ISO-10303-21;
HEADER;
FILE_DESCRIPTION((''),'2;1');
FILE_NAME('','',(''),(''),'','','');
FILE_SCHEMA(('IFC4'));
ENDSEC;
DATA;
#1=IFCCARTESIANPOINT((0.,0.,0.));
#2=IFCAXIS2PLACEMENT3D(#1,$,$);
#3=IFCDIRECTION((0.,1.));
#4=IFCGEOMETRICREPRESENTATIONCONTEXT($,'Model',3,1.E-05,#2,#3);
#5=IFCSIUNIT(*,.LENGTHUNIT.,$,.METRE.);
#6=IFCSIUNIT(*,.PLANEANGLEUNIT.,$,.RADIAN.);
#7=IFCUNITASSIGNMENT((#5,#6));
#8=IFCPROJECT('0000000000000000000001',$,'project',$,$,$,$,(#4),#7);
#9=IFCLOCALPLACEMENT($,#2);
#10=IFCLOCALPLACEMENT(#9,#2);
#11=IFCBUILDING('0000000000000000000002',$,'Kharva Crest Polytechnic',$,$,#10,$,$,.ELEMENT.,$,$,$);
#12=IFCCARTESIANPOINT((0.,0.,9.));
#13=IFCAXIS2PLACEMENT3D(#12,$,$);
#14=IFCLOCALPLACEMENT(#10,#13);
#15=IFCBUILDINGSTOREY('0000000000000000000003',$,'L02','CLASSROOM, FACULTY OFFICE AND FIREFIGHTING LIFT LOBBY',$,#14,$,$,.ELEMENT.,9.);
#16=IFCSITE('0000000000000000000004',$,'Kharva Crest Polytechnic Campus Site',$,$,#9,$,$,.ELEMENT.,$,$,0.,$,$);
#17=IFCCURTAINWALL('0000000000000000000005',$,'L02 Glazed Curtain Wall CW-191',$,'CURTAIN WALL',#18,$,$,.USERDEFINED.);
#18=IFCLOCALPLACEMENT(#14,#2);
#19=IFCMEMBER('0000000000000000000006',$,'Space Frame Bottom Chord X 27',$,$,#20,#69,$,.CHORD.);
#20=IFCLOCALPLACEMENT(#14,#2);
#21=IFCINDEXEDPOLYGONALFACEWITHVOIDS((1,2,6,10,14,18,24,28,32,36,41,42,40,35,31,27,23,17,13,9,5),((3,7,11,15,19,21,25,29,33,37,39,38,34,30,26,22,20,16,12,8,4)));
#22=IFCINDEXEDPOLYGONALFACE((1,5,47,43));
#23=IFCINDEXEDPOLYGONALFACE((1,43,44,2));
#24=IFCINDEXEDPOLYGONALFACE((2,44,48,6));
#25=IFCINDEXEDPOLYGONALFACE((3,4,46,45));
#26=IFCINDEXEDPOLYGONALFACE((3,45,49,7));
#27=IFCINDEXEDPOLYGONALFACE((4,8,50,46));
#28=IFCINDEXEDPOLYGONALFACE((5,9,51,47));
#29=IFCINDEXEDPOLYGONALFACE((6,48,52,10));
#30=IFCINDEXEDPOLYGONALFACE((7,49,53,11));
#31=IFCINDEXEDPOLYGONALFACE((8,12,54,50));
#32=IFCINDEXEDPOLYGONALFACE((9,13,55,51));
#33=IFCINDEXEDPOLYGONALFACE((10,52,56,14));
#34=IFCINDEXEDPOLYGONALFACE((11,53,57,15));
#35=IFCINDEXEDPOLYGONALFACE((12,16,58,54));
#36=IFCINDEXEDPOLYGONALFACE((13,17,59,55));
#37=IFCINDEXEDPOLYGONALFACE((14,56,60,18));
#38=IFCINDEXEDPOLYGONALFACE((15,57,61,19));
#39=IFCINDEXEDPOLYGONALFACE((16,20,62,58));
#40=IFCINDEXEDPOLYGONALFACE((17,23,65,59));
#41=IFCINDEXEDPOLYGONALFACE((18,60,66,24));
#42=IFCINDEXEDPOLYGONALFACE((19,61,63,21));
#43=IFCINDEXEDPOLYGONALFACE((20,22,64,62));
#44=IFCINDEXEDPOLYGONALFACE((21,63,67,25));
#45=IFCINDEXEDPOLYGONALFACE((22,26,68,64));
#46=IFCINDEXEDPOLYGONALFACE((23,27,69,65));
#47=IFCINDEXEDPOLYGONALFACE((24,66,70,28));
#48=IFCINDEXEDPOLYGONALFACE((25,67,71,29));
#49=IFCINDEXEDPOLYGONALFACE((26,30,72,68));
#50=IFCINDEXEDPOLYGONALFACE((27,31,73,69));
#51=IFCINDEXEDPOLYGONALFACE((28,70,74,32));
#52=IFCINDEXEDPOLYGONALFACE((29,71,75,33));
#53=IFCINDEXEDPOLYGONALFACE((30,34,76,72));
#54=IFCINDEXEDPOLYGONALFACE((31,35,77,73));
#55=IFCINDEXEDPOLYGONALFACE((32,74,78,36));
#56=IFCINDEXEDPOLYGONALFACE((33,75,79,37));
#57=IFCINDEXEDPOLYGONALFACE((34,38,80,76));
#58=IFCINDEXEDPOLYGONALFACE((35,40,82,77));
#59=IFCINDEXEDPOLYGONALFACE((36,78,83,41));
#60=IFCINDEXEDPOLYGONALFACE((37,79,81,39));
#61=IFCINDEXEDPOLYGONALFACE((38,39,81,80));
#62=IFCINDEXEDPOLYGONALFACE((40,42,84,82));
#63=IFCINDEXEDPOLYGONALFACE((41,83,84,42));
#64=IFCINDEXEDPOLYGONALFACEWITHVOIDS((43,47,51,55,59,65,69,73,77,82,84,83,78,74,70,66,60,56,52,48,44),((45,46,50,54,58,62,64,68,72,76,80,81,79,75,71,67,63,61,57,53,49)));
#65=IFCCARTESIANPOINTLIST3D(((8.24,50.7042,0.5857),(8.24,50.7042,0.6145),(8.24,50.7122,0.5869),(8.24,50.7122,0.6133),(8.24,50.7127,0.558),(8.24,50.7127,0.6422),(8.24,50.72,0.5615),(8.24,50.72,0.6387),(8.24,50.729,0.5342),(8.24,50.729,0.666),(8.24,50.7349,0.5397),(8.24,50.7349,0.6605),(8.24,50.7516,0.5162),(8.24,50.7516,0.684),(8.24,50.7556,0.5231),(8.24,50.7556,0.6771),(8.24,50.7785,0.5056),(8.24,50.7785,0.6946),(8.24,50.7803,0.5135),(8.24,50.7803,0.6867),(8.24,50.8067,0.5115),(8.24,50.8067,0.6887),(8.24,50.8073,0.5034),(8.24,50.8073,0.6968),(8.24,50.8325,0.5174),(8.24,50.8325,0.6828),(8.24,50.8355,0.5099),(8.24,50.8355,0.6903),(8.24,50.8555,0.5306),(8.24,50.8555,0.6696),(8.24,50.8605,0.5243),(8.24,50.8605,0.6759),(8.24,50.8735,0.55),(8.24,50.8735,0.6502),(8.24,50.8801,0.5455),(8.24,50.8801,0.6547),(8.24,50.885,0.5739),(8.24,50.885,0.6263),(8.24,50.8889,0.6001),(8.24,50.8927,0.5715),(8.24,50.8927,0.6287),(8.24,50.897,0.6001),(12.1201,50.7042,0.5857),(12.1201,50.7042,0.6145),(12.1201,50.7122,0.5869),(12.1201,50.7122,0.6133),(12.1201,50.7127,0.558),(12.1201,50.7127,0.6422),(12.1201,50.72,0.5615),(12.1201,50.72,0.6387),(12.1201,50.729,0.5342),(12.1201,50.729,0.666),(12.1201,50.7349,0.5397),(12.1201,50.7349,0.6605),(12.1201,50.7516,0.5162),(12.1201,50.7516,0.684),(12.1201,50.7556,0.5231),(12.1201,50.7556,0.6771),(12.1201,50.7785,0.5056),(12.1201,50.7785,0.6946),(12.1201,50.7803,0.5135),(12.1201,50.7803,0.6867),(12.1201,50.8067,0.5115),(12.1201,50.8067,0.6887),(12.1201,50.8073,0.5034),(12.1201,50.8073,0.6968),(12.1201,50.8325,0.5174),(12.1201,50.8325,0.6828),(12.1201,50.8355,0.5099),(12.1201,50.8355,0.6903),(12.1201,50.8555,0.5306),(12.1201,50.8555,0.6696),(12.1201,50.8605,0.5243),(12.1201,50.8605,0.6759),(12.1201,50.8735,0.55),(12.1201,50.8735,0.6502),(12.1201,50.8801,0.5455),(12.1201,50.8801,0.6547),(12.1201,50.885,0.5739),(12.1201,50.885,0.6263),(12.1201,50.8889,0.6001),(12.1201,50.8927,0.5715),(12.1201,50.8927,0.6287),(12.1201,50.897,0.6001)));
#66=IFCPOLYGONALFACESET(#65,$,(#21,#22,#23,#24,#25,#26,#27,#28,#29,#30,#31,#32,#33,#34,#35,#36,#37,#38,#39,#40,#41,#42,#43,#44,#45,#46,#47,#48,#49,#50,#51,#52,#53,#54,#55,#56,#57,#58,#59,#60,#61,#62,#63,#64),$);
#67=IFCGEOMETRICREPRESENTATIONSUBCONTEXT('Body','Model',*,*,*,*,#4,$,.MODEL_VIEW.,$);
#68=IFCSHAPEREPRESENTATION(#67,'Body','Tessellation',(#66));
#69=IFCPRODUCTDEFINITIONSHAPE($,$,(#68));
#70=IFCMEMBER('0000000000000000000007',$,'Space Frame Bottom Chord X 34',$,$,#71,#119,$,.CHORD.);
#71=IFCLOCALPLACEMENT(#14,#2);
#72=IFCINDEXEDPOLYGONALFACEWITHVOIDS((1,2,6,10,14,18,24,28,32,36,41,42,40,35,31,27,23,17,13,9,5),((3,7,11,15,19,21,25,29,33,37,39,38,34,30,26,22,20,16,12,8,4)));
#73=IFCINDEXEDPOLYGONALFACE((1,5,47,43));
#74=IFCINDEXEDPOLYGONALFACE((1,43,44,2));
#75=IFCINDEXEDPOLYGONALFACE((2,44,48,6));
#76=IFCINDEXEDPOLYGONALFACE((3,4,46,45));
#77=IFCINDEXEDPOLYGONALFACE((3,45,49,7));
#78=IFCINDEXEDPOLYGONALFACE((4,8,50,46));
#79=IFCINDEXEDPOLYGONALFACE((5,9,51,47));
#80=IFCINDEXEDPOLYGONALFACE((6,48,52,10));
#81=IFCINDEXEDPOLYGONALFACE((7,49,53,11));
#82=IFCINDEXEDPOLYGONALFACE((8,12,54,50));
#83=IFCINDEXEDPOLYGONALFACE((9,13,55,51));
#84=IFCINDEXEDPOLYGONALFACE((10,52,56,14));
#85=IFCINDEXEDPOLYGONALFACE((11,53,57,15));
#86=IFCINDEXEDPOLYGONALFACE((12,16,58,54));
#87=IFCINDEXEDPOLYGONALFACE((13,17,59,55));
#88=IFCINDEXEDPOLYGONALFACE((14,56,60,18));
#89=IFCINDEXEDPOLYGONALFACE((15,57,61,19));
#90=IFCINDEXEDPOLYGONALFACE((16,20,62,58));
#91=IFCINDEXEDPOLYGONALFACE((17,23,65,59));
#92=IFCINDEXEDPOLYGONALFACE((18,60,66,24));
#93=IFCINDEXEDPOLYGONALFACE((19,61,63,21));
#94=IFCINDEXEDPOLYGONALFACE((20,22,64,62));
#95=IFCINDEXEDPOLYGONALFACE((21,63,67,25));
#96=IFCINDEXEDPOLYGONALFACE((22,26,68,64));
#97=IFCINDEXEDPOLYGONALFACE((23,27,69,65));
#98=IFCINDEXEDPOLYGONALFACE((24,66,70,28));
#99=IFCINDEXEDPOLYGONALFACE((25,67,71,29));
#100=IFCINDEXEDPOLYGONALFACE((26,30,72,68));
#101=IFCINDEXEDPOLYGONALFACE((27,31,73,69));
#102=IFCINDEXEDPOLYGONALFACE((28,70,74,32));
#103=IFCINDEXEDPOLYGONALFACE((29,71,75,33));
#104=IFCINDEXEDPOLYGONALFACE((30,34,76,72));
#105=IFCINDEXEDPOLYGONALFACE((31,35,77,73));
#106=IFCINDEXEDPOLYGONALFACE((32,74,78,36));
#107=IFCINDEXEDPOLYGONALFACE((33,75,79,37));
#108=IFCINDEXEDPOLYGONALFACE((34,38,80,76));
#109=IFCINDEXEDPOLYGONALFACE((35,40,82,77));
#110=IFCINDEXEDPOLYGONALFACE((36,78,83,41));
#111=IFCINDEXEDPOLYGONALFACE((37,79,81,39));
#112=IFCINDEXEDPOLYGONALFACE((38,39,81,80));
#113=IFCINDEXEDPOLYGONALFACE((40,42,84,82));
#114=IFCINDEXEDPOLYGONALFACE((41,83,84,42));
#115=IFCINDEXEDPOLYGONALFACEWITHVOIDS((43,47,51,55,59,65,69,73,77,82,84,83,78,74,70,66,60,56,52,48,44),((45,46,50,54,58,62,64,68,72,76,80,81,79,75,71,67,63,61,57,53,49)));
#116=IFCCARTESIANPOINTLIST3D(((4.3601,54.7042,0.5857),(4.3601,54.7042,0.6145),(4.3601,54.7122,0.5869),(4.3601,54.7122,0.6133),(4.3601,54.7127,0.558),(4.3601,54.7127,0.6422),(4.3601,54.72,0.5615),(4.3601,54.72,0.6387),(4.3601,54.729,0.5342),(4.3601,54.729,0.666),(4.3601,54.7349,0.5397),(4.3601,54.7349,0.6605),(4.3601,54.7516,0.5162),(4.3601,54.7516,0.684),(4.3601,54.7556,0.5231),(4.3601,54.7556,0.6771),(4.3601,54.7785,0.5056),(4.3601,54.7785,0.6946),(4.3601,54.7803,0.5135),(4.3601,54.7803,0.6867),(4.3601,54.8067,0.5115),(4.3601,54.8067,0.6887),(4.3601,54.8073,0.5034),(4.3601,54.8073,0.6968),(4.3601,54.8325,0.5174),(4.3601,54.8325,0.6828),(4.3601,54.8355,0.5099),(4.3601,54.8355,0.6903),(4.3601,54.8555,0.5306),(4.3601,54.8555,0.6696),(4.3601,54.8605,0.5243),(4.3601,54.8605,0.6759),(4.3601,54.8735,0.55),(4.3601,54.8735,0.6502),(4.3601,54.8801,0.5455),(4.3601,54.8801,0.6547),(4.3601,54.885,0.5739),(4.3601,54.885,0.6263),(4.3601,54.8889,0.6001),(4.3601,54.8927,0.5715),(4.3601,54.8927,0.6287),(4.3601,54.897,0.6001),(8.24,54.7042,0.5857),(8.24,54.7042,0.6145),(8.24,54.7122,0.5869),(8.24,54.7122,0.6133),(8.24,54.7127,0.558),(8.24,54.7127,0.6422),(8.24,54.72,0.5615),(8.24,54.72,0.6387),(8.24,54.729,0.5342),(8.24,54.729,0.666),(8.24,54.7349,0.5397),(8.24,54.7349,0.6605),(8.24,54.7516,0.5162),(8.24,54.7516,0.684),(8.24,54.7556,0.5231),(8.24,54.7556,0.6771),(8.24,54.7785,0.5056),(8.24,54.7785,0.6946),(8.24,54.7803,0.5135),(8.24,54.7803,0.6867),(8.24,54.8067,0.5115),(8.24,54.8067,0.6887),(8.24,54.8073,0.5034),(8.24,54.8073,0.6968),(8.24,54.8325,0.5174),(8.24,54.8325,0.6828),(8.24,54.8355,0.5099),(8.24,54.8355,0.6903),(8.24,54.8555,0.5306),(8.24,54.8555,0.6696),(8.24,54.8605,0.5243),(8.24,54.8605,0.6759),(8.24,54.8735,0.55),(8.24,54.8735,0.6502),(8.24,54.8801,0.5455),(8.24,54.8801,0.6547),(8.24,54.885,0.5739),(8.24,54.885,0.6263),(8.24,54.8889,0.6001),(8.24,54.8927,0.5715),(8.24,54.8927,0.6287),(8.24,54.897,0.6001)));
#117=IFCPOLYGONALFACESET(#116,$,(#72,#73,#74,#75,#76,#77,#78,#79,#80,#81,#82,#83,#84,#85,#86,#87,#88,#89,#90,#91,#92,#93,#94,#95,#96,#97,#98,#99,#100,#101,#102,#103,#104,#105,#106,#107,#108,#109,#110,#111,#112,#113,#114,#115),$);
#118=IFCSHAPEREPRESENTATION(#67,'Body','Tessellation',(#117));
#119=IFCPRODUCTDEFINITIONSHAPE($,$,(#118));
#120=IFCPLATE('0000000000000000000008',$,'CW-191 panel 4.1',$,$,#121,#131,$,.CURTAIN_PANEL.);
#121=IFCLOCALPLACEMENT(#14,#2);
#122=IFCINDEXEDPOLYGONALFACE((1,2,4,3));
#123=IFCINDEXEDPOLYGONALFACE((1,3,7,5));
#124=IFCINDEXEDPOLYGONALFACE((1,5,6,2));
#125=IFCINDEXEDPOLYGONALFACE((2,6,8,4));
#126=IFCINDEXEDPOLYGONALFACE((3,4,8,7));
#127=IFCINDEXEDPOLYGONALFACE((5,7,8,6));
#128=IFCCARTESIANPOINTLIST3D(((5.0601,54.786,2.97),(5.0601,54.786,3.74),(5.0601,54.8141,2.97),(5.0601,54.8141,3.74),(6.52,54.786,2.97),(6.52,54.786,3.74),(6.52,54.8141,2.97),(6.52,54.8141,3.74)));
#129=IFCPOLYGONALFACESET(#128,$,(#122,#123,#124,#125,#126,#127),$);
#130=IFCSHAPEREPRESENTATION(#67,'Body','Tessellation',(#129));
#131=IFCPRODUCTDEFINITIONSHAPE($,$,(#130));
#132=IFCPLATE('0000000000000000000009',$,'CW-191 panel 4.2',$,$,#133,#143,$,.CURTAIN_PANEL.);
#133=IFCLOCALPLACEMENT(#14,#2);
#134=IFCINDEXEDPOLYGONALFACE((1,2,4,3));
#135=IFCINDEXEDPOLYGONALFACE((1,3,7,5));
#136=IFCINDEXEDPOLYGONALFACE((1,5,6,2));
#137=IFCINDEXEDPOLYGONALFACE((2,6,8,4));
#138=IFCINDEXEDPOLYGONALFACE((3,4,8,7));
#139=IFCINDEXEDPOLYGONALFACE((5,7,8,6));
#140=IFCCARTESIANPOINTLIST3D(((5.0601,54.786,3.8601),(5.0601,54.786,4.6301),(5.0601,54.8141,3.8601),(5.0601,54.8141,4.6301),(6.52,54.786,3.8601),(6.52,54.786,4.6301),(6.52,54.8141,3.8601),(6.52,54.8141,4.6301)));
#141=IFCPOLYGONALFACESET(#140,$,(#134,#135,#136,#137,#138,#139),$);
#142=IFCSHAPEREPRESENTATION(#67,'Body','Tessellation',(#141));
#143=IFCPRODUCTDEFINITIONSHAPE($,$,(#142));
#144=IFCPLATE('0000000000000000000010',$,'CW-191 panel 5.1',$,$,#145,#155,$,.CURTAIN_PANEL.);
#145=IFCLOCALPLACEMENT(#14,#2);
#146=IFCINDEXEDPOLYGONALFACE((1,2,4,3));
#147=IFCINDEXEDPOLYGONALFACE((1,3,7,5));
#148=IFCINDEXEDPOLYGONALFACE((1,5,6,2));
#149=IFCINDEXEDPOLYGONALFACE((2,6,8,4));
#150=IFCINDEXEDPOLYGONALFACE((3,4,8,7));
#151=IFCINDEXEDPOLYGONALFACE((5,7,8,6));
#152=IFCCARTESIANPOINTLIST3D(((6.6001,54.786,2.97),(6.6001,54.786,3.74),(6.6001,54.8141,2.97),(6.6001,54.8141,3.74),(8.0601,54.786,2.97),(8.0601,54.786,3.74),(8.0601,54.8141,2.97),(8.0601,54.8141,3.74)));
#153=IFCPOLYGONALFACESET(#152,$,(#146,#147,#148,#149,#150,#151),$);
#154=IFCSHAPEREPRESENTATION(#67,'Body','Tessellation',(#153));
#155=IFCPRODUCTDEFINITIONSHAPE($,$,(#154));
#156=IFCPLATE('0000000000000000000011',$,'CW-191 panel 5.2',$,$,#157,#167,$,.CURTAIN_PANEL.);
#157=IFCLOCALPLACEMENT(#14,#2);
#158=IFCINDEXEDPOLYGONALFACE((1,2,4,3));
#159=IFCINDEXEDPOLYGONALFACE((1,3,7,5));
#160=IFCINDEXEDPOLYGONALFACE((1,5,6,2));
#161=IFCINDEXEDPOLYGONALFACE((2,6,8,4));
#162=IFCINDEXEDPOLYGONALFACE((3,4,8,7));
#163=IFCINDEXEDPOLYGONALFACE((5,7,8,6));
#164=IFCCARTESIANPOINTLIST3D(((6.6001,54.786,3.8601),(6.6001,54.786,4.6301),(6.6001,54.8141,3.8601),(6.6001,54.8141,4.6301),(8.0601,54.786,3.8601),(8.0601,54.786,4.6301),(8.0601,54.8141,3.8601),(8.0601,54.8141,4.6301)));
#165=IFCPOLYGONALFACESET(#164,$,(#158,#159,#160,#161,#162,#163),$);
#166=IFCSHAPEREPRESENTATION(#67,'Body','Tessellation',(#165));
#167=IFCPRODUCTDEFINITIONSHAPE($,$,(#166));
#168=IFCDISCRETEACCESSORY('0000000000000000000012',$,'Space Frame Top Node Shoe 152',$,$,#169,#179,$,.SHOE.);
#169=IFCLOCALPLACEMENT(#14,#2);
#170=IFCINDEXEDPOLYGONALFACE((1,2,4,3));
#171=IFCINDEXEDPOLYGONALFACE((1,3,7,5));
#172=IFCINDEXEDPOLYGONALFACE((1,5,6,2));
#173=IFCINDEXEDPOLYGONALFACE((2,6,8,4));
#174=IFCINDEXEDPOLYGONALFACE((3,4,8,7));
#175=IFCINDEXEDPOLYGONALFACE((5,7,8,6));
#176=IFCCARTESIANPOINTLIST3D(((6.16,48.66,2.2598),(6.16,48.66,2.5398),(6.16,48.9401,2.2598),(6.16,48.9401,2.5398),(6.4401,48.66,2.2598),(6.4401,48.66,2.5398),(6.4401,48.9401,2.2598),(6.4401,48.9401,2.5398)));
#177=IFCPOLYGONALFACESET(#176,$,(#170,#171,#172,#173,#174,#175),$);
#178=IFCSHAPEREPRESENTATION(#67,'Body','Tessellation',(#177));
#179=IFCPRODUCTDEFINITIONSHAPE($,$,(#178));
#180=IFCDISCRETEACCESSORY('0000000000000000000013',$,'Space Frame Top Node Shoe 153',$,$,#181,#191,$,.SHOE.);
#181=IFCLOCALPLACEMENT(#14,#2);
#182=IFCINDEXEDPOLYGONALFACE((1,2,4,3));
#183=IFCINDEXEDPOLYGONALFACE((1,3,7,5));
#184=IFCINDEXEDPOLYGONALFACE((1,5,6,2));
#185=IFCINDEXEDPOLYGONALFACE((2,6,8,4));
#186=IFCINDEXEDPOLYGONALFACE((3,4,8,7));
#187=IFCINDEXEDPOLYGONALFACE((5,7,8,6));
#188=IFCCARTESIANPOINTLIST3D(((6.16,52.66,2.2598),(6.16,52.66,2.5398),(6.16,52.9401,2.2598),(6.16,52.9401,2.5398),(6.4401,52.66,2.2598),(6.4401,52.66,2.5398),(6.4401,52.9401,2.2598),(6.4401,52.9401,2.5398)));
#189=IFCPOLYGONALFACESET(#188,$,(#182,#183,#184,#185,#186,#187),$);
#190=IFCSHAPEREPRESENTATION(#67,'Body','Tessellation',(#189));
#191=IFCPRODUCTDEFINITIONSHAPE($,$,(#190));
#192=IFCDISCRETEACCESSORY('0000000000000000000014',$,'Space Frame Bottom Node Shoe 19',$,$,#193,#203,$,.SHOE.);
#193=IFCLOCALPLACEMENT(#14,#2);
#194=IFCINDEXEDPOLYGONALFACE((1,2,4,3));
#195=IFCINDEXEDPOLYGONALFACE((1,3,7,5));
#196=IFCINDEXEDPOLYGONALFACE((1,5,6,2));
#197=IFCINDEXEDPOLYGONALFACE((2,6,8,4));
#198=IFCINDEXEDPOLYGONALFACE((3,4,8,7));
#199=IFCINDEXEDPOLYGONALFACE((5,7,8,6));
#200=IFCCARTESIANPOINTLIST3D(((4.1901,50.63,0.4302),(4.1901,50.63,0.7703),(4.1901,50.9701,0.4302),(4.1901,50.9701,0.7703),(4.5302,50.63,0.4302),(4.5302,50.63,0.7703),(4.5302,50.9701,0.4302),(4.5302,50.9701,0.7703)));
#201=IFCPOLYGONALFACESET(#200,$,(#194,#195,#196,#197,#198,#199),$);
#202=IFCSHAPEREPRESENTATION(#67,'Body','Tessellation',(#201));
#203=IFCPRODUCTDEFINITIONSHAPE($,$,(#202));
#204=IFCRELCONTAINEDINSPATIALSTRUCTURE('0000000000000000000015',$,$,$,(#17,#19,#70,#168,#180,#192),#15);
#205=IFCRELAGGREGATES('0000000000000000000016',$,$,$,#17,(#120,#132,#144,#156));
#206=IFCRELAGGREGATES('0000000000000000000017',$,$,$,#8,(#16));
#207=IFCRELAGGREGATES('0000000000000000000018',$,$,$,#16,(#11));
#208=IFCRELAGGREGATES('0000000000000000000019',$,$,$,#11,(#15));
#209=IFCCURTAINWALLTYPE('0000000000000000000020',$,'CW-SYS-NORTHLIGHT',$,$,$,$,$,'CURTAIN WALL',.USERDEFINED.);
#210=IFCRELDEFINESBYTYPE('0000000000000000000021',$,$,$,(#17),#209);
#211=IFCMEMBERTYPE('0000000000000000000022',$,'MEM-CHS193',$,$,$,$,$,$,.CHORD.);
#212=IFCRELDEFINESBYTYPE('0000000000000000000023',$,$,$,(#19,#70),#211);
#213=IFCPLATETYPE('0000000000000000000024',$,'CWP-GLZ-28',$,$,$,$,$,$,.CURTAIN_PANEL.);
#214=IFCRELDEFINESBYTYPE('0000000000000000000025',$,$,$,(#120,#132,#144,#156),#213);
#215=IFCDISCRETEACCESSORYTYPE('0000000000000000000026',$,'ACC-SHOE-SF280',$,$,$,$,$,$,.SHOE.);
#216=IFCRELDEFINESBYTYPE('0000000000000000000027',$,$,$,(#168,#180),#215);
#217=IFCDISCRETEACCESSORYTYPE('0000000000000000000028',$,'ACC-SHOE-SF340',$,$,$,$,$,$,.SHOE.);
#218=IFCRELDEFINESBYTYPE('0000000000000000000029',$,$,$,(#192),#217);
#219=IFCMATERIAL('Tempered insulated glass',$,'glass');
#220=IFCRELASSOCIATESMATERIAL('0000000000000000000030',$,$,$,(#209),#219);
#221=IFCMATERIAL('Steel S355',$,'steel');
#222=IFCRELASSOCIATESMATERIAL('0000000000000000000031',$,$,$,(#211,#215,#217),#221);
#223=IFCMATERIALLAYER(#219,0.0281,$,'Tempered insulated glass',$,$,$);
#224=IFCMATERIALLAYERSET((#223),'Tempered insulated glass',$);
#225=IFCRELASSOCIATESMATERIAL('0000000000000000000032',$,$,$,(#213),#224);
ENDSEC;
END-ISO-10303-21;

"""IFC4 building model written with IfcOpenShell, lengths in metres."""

from ifc_helpers import new_model, si_unit, direction, frame, origin, origin_2d, place, context, subcontext, project, spatial, rectangle, hollow_circle, extrude, material, layer, layer_set, material_profile, profile_set, type_object, element, aggregate, save


model = new_model("IFC4")

# Units and contexts
model_context = context("Model", 3, precision=1e-05, world=origin(), true_north=direction((0.0, 1.0)))
body_context = subcontext(model_context, "Body", "Model", "MODEL_VIEW")
ifc_project = project(units=[si_unit("LENGTHUNIT", "METRE"), si_unit("PLANEANGLEUNIT", "RADIAN")], contexts=[model_context])

# Site, building, storey
site_placement = place(None, origin())
site = spatial("IfcSite", under=ifc_project, at=site_placement, Name="Kharva Crest Polytechnic Campus Site", CompositionType="ELEMENT", RefElevation=0.0)
building_placement = place(site_placement, origin())
building = spatial("IfcBuilding", under=site, at=building_placement, Name="Kharva Crest Polytechnic", CompositionType="ELEMENT")
storey_placement = place(building_placement, frame((0.0, 0.0, 9.0)))
storey = spatial("IfcBuildingStorey", under=building, at=storey_placement, Name="L02", Description="CLASSROOM, FACULTY OFFICE AND FIREFIGHTING LIFT LOBBY", CompositionType="ELEMENT", Elevation=9.0)

# Curtain wall
ifc_material_1 = material(Name="Tempered insulated glass", Category="glass")
curtain_wall_type = type_object("IfcCurtainWallType", Name="CW-SYS-NORTHLIGHT", ElementType="CURTAIN WALL", PredefinedType="USERDEFINED", material=ifc_material_1)
curtain_wall_placement = place(storey_placement, origin())
curtain_wall = element("IfcCurtainWall", 1, at=curtain_wall_placement, inside=storey, type_object=curtain_wall_type, Name="L02 Glazed Curtain Wall CW-191", ObjectType="CURTAIN WALL", PredefinedType="USERDEFINED")
ifc_material_2 = material(Name="Steel S355", Category="steel")

# Members
ifc_material_profile_1 = material_profile(ifc_material_2, hollow_circle(Radius=0.0969, WallThickness=0.0081, at=origin_2d()), Name="CHS 193.7X8.0")
ifc_profile_set_1 = profile_set([ifc_material_profile_1], Name="Steel S355")
member_type_1 = type_object("IfcMemberType", Name="MEM-CHS193", PredefinedType="CHORD", material=ifc_profile_set_1)
member_1_placement = place(storey_placement, frame((8.24, 50.8, 0.6001), z_axis=(1.0, 0.0, 0.0), x_axis=(0.0, 1.0, 0.0)))
element("IfcMember", 2, at=member_1_placement, inside=storey, type_object=member_type_1, Name="Space Frame Bottom Chord X 27", PredefinedType="CHORD", context=body_context, shape_type="SweptSolid", body=[
    extrude(hollow_circle(Radius=0.0969, WallThickness=0.0081, at=origin_2d()), origin(), (0.0, 0.0, 1.0), 3.8801),
])
member_2_placement = place(storey_placement, frame((4.3601, 54.8, 0.6001), z_axis=(1.0, 0.0, 0.0), x_axis=(0.0, 1.0, 0.0)))
element("IfcMember", 3, at=member_2_placement, inside=storey, type_object=member_type_1, Name="Space Frame Bottom Chord X 34", PredefinedType="CHORD", context=body_context, shape_type="SweptSolid", body=[
    extrude(hollow_circle(Radius=0.0969, WallThickness=0.0081, at=origin_2d()), origin(), (0.0, 0.0, 1.0), 3.8799),
])

# Plates
ifc_layer = layer(ifc_material_1, 0.0281, Name="Tempered insulated glass")
ifc_layer_set = layer_set([ifc_layer], Name="Tempered insulated glass")
plate_type = type_object("IfcPlateType", Name="CWP-GLZ-28", PredefinedType="CURTAIN_PANEL", material=ifc_layer_set)
plate_1_placement = place(storey_placement, frame((5.79, 54.8, 2.97), z_axis=(0.0, 0.0, 1.0), x_axis=(1.0, 0.0, 0.0)))
plate_1 = element("IfcPlate", 4, at=plate_1_placement, type_object=plate_type, Name="CW-191 panel 4.1", PredefinedType="CURTAIN_PANEL", context=body_context, shape_type="SweptSolid", body=[
    extrude(rectangle(XDim=1.46, YDim=0.0281, at=origin_2d()), origin(), (0.0, 0.0, 1.0), 0.77),
])
plate_2_placement = place(storey_placement, frame((5.79, 54.8, 3.8601), z_axis=(0.0, 0.0, 1.0), x_axis=(1.0, 0.0, 0.0)))
plate_2 = element("IfcPlate", 5, at=plate_2_placement, type_object=plate_type, Name="CW-191 panel 4.2", PredefinedType="CURTAIN_PANEL", context=body_context, shape_type="SweptSolid", body=[
    extrude(rectangle(XDim=1.46, YDim=0.0281, at=origin_2d()), origin(), (0.0, 0.0, 1.0), 0.77),
])
plate_3_placement = place(storey_placement, frame((7.3301, 54.8, 2.97), z_axis=(0.0, 0.0, 1.0), x_axis=(1.0, 0.0, 0.0)))
plate_3 = element("IfcPlate", 6, at=plate_3_placement, type_object=plate_type, Name="CW-191 panel 5.1", PredefinedType="CURTAIN_PANEL", context=body_context, shape_type="SweptSolid", body=[
    extrude(rectangle(XDim=1.46, YDim=0.0281, at=origin_2d()), origin(), (0.0, 0.0, 1.0), 0.77),
])
plate_4_placement = place(storey_placement, frame((7.3301, 54.8, 3.8601), z_axis=(0.0, 0.0, 1.0), x_axis=(1.0, 0.0, 0.0)))
plate_4 = element("IfcPlate", 7, at=plate_4_placement, type_object=plate_type, Name="CW-191 panel 5.2", PredefinedType="CURTAIN_PANEL", context=body_context, shape_type="SweptSolid", body=[
    extrude(rectangle(XDim=1.46, YDim=0.0281, at=origin_2d()), origin(), (0.0, 0.0, 1.0), 0.77),
])
aggregate(curtain_wall, [plate_1, plate_2, plate_3, plate_4])

# Discrete accessories
discrete_accessory_type_1 = type_object("IfcDiscreteAccessoryType", Name="ACC-SHOE-SF280", PredefinedType="SHOE", material=ifc_material_2)
for number, where, z_axis, x_axis, name in (
    (8, (6.3, 48.8, 2.2598), (0.0, 0.0, 1.0), (1.0, 0.0, 0.0), "Space Frame Top Node Shoe 152"),
    (9, (6.3, 52.8, 2.2598), (0.0, 0.0, 1.0), (1.0, 0.0, 0.0), "Space Frame Top Node Shoe 153"),
):
    element("IfcDiscreteAccessory", number, at=place(storey_placement, frame(where, z_axis=z_axis, x_axis=x_axis)), inside=storey, type_object=discrete_accessory_type_1, Name=name, PredefinedType="SHOE", context=body_context, shape_type="SweptSolid", body=[
        extrude(rectangle(XDim=0.28, YDim=0.28, at=origin_2d()), origin(), (0.0, 0.0, 1.0), 0.28),
    ])
discrete_accessory_type_2 = type_object("IfcDiscreteAccessoryType", Name="ACC-SHOE-SF340", PredefinedType="SHOE", material=ifc_material_2)
for number, where, z_axis, x_axis, name in (
    (10, (4.3601, 50.8, 0.4302), (0.0, 0.0, 1.0), (1.0, 0.0, 0.0), "Space Frame Bottom Node Shoe 19"),
):
    element("IfcDiscreteAccessory", number, at=place(storey_placement, frame(where, z_axis=z_axis, x_axis=x_axis)), inside=storey, type_object=discrete_accessory_type_2, Name=name, PredefinedType="SHOE", context=body_context, shape_type="SweptSolid", body=[
        extrude(rectangle(XDim=0.3401, YDim=0.3401, at=origin_2d()), origin(), (0.0, 0.0, 1.0), 0.3401),
    ])

save(model, "model.ifc")
